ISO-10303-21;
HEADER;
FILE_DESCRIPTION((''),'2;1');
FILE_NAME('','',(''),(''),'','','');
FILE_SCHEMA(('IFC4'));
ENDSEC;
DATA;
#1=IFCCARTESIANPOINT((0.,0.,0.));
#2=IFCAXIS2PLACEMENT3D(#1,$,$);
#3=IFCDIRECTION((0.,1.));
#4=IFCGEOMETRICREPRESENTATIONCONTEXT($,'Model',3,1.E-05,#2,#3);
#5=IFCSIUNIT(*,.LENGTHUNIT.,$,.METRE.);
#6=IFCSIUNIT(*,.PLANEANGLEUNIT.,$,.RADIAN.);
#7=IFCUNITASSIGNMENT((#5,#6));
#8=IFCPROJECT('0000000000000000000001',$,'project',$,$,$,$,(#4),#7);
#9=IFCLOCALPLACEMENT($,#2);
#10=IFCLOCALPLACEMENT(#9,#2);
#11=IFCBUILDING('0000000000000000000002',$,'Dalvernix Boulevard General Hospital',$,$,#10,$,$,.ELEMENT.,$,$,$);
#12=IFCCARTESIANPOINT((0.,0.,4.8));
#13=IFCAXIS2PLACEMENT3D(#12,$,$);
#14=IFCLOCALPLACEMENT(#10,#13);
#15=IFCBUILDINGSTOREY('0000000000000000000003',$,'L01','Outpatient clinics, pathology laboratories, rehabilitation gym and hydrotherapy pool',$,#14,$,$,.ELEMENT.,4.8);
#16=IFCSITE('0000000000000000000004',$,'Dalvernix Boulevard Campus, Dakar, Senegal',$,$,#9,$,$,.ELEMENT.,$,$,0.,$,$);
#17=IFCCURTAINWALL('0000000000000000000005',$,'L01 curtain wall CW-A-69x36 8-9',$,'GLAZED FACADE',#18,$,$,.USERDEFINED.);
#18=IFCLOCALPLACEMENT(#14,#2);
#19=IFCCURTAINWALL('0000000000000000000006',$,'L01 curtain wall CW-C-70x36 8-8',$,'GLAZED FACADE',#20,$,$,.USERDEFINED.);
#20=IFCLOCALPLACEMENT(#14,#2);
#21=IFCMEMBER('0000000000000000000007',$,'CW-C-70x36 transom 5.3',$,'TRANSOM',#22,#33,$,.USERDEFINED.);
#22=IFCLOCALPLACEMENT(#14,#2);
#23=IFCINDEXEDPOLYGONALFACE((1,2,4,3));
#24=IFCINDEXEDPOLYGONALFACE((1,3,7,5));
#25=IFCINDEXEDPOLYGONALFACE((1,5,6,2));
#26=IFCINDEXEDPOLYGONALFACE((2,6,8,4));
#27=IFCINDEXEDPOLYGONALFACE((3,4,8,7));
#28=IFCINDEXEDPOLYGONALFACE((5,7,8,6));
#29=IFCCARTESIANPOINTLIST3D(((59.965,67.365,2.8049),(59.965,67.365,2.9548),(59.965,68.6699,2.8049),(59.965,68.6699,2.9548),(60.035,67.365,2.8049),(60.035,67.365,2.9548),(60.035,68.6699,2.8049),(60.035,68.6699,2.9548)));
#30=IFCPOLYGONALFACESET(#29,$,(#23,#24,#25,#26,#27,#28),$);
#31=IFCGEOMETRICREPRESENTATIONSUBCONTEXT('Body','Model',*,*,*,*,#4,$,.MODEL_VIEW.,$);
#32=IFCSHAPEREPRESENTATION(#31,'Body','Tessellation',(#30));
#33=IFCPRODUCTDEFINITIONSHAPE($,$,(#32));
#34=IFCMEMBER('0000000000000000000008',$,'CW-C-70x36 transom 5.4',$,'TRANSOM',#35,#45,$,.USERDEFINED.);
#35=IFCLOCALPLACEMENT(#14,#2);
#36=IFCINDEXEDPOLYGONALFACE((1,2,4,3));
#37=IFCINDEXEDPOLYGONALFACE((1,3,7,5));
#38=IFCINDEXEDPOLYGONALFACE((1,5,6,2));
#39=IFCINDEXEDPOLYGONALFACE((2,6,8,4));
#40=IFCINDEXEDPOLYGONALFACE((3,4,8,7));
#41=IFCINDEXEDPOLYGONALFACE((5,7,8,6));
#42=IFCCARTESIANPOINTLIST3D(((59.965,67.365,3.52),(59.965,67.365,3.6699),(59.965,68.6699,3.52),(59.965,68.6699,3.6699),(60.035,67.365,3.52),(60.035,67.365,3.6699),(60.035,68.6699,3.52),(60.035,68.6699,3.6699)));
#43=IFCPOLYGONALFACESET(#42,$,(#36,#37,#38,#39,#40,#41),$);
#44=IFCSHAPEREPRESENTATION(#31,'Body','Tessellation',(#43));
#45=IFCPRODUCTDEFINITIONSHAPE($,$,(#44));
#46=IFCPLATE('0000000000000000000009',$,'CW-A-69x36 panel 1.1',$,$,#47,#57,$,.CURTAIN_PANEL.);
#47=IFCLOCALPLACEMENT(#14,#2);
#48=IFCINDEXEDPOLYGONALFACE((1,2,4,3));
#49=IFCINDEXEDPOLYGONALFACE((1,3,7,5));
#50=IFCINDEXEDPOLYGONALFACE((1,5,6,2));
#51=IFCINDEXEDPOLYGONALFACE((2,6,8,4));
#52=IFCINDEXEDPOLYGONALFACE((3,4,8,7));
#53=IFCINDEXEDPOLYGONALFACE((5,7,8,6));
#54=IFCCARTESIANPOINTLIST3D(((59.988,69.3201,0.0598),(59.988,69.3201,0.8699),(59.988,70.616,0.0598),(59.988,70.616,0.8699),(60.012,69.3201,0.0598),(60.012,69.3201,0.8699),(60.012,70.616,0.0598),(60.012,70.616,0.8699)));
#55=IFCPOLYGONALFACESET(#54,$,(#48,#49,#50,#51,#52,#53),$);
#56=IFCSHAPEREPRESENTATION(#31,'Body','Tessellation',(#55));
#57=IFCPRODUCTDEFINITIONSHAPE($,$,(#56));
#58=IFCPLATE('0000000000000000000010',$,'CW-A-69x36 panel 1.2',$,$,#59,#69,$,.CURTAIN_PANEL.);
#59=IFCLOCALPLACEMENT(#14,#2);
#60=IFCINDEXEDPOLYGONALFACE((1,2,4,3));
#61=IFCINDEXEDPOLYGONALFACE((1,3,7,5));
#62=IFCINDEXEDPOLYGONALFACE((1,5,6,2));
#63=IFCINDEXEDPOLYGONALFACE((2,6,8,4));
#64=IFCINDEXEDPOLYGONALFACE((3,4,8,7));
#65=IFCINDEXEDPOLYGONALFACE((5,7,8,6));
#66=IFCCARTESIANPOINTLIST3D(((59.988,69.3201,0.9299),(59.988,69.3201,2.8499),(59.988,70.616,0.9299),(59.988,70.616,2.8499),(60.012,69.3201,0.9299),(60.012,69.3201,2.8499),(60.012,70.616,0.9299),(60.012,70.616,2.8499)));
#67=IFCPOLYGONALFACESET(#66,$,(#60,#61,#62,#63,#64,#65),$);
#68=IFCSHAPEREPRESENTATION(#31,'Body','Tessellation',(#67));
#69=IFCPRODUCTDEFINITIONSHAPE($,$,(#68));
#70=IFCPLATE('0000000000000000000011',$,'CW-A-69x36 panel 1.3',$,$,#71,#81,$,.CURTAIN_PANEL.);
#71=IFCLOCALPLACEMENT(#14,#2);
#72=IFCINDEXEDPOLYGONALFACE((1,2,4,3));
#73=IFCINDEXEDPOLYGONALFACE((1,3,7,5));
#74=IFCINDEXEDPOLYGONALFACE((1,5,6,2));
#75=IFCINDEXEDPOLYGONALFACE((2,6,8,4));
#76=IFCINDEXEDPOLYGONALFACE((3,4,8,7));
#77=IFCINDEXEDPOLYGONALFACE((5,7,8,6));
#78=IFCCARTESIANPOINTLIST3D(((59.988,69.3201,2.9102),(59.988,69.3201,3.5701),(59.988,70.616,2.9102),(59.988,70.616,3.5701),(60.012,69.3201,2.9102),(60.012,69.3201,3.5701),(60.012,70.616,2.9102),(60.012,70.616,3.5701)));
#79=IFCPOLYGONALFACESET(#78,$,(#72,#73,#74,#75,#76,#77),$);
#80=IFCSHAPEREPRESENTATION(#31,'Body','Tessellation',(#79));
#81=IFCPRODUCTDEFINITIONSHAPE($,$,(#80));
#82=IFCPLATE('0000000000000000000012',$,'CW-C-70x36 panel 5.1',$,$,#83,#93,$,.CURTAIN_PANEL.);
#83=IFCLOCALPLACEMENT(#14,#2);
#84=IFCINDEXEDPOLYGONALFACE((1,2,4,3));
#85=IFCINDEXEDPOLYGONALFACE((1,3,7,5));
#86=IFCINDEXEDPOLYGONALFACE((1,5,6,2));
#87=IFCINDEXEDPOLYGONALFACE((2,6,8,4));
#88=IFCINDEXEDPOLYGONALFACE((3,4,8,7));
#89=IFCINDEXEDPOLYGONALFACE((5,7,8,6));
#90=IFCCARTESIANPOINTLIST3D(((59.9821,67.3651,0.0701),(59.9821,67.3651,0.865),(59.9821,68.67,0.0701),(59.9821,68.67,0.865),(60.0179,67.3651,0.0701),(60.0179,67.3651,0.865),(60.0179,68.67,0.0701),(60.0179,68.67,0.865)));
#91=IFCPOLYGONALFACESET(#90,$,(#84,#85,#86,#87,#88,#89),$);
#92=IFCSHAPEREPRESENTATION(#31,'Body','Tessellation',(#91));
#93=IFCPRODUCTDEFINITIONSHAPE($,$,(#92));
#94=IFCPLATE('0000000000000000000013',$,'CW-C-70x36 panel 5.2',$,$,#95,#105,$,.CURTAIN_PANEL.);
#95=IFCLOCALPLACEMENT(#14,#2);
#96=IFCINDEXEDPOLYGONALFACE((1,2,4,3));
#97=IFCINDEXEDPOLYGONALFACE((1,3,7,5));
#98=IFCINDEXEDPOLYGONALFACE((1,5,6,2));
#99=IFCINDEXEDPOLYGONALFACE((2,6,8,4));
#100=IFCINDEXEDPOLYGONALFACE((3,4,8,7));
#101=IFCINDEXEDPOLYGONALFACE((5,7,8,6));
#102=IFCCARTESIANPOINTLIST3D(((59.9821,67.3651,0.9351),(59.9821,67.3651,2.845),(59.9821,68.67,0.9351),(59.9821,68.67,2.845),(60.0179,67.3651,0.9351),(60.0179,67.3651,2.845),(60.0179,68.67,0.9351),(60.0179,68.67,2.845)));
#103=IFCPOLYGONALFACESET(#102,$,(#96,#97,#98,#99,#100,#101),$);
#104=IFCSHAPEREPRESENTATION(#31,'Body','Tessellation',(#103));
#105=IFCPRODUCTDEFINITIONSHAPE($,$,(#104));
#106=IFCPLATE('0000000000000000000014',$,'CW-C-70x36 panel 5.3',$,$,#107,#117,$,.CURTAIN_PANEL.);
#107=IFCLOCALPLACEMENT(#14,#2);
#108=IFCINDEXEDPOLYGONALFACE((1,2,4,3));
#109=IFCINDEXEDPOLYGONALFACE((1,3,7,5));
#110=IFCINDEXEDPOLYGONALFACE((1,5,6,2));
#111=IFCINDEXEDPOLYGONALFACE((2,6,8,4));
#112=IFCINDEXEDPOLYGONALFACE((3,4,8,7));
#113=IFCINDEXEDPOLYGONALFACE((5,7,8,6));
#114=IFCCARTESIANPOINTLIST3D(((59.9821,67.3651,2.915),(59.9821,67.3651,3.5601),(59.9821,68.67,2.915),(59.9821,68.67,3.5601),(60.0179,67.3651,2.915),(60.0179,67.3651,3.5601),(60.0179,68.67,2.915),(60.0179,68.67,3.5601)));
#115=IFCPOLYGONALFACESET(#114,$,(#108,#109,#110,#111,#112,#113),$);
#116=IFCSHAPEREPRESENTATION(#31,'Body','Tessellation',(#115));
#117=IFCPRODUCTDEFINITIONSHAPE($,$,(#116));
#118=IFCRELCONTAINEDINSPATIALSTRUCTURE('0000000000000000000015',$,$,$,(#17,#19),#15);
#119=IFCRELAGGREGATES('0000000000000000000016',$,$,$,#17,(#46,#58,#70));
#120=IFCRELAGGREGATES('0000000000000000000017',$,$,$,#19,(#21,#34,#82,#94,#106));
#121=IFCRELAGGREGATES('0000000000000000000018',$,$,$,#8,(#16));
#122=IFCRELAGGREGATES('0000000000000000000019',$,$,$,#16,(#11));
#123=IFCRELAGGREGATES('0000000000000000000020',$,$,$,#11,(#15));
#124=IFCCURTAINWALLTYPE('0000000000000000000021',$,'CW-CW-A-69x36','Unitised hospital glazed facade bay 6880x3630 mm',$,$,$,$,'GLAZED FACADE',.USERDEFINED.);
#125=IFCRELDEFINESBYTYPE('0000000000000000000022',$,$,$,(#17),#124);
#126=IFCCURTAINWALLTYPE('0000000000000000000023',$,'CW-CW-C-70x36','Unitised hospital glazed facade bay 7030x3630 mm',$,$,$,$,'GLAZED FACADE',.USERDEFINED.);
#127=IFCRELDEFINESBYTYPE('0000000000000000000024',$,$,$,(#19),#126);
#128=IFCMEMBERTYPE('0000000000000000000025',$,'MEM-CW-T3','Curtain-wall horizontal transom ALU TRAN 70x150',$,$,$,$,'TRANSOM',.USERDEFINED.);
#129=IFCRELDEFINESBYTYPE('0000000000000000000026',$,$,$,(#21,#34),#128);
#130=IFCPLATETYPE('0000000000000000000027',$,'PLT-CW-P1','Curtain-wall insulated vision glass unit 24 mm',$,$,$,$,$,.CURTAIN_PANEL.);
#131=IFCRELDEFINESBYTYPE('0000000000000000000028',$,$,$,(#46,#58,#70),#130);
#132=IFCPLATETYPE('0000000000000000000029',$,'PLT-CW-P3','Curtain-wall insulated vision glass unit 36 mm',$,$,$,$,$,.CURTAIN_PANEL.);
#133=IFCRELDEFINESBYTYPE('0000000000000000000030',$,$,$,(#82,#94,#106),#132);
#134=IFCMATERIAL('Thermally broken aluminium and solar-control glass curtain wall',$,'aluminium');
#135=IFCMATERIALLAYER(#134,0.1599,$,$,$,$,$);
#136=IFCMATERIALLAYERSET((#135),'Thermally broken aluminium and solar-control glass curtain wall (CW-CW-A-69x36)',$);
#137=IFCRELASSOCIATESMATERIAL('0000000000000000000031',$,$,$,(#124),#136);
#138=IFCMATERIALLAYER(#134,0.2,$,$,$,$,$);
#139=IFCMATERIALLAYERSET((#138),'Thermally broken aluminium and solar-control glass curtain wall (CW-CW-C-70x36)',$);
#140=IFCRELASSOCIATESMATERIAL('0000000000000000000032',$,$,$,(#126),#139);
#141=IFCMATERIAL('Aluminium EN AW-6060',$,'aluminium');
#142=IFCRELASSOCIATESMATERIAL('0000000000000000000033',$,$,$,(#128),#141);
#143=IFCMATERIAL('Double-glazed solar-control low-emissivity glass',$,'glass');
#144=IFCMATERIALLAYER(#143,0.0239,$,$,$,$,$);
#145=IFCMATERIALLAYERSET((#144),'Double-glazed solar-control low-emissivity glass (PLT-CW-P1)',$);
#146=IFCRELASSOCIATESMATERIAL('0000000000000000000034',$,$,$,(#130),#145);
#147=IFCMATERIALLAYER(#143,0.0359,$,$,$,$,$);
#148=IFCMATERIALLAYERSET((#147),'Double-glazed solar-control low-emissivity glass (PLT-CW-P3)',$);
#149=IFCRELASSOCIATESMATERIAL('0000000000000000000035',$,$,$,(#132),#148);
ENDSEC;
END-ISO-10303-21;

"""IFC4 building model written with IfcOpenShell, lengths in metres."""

from ifc_helpers import new_model, si_unit, direction, frame, origin, origin_2d, place, context, subcontext, project, spatial, rectangle, extrude, material, layer, layer_set, material_profile, profile_set, type_object, element, aggregate, save


model = new_model("IFC4")

# Units and contexts
model_context = context("Model", 3, precision=1e-05, world=origin(), true_north=direction((0.0, 1.0)))
body_context = subcontext(model_context, "Body", "Model", "MODEL_VIEW")
ifc_project = project(units=[si_unit("LENGTHUNIT", "METRE"), si_unit("PLANEANGLEUNIT", "RADIAN")], contexts=[model_context])

# Site, building, storey
site_placement = place(None, origin())
site = spatial("IfcSite", under=ifc_project, at=site_placement, Name="Dalvernix Boulevard Campus, Dakar, Senegal", CompositionType="ELEMENT", RefElevation=0.0)
building_placement = place(site_placement, origin())
building = spatial("IfcBuilding", under=site, at=building_placement, Name="Dalvernix Boulevard General Hospital", CompositionType="ELEMENT")
storey_placement = place(building_placement, frame((0.0, 0.0, 4.8)))
storey = spatial("IfcBuildingStorey", under=building, at=storey_placement, Name="L01", Description="Outpatient clinics, pathology laboratories, rehabilitation gym and hydrotherapy pool", CompositionType="ELEMENT", Elevation=4.8)

# Curtain wall
ifc_material_1 = material(Name="Thermally broken aluminium and solar-control glass curtain wall", Category="aluminium")
ifc_layer_1 = layer(ifc_material_1, 0.1599)
ifc_layer_set_1 = layer_set([ifc_layer_1], Name="Thermally broken aluminium and solar-control glass curtain wall (CW-CW-A-69x36)")
curtain_wall_type_1 = type_object("IfcCurtainWallType", Name="CW-CW-A-69x36", Description="Unitised hospital glazed facade bay 6880x3630 mm", ElementType="GLAZED FACADE", PredefinedType="USERDEFINED", material=ifc_layer_set_1)
curtain_wall_1_placement = place(storey_placement, origin())
curtain_wall_1 = element("IfcCurtainWall", 1, at=curtain_wall_1_placement, inside=storey, type_object=curtain_wall_type_1, Name="L01 curtain wall CW-A-69x36 8-9", ObjectType="GLAZED FACADE", PredefinedType="USERDEFINED")
ifc_material_2 = material(Name="Aluminium EN AW-6060", Category="aluminium")

# Curtain wall
ifc_layer_2 = layer(ifc_material_1, 0.2)
ifc_layer_set_2 = layer_set([ifc_layer_2], Name="Thermally broken aluminium and solar-control glass curtain wall (CW-CW-C-70x36)")
curtain_wall_type_2 = type_object("IfcCurtainWallType", Name="CW-CW-C-70x36", Description="Unitised hospital glazed facade bay 7030x3630 mm", ElementType="GLAZED FACADE", PredefinedType="USERDEFINED", material=ifc_layer_set_2)
curtain_wall_2_placement = place(storey_placement, origin())
curtain_wall_2 = element("IfcCurtainWall", 2, at=curtain_wall_2_placement, inside=storey, type_object=curtain_wall_type_2, Name="L01 curtain wall CW-C-70x36 8-8", ObjectType="GLAZED FACADE", PredefinedType="USERDEFINED")

# Members
ifc_material_profile_1 = material_profile(ifc_material_2, rectangle(XDim=0.0701, YDim=0.1499, at=origin_2d()), Name="ALU TRAN 70x150")
ifc_profile_set_1 = profile_set([ifc_material_profile_1], Name="Aluminium EN AW-6060")
member_type_1 = type_object("IfcMemberType", Name="MEM-CW-T3", Description="Curtain-wall horizontal transom ALU TRAN 70x150", ElementType="TRANSOM", PredefinedType="USERDEFINED", material=ifc_profile_set_1)
member_1_placement = place(storey_placement, frame((60.0, 67.365, 2.8799), z_axis=(0.0, 1.0, 0.0), x_axis=(-1.0, 0.0, 0.0)))
member_1 = element("IfcMember", 3, at=member_1_placement, type_object=member_type_1, Name="CW-C-70x36 transom 5.3", ObjectType="TRANSOM", PredefinedType="USERDEFINED", context=body_context, shape_type="SweptSolid", body=[
    extrude(rectangle(XDim=0.0701, YDim=0.1499, at=origin_2d()), origin(), (0.0, 0.0, 1.0), 1.3049),
])
member_2_placement = place(storey_placement, frame((60.0, 67.365, 3.595), z_axis=(0.0, 1.0, 0.0), x_axis=(-1.0, 0.0, 0.0)))
member_2 = element("IfcMember", 4, at=member_2_placement, type_object=member_type_1, Name="CW-C-70x36 transom 5.4", ObjectType="TRANSOM", PredefinedType="USERDEFINED", context=body_context, shape_type="SweptSolid", body=[
    extrude(rectangle(XDim=0.0701, YDim=0.1499, at=origin_2d()), origin(), (0.0, 0.0, 1.0), 1.3049),
])

# Plates
ifc_material_3 = material(Name="Double-glazed solar-control low-emissivity glass", Category="glass")
ifc_layer_3 = layer(ifc_material_3, 0.0239)
ifc_layer_set_3 = layer_set([ifc_layer_3], Name="Double-glazed solar-control low-emissivity glass (PLT-CW-P1)")
plate_type_1 = type_object("IfcPlateType", Name="PLT-CW-P1", Description="Curtain-wall insulated vision glass unit 24 mm", PredefinedType="CURTAIN_PANEL", material=ifc_layer_set_3)
plate_1_placement = place(storey_placement, frame((60.0, 69.968, 0.0598), z_axis=(0.0, 0.0, 1.0), x_axis=(0.0, 1.0, 0.0)))
plate_1 = element("IfcPlate", 5, at=plate_1_placement, type_object=plate_type_1, Name="CW-A-69x36 panel 1.1", PredefinedType="CURTAIN_PANEL", context=body_context, shape_type="SweptSolid", body=[
    extrude(rectangle(XDim=1.2959, YDim=0.0239, at=origin_2d()), origin(), (0.0, 0.0, 1.0), 0.8101),
])
plate_2_placement = place(storey_placement, frame((60.0, 69.968, 0.9299), z_axis=(0.0, 0.0, 1.0), x_axis=(0.0, 1.0, 0.0)))
plate_2 = element("IfcPlate", 6, at=plate_2_placement, type_object=plate_type_1, Name="CW-A-69x36 panel 1.2", PredefinedType="CURTAIN_PANEL", context=body_context, shape_type="SweptSolid", body=[
    extrude(rectangle(XDim=1.2959, YDim=0.0239, at=origin_2d()), origin(), (0.0, 0.0, 1.0), 1.9199),
])
plate_3_placement = place(storey_placement, frame((60.0, 69.968, 2.9102), z_axis=(0.0, 0.0, 1.0), x_axis=(0.0, 1.0, 0.0)))
plate_3 = element("IfcPlate", 7, at=plate_3_placement, type_object=plate_type_1, Name="CW-A-69x36 panel 1.3", PredefinedType="CURTAIN_PANEL", context=body_context, shape_type="SweptSolid", body=[
    extrude(rectangle(XDim=1.2959, YDim=0.0239, at=origin_2d()), origin(), (0.0, 0.0, 1.0), 0.6599),
])
aggregate(curtain_wall_1, [plate_1, plate_2, plate_3])
ifc_layer_4 = layer(ifc_material_3, 0.0359)
ifc_layer_set_4 = layer_set([ifc_layer_4], Name="Double-glazed solar-control low-emissivity glass (PLT-CW-P3)")
plate_type_2 = type_object("IfcPlateType", Name="PLT-CW-P3", Description="Curtain-wall insulated vision glass unit 36 mm", PredefinedType="CURTAIN_PANEL", material=ifc_layer_set_4)
plate_4_placement = place(storey_placement, frame((60.0, 68.0176, 0.0701), z_axis=(0.0, 0.0, 1.0), x_axis=(0.0, 1.0, 0.0)))
plate_4 = element("IfcPlate", 8, at=plate_4_placement, type_object=plate_type_2, Name="CW-C-70x36 panel 5.1", PredefinedType="CURTAIN_PANEL", context=body_context, shape_type="SweptSolid", body=[
    extrude(rectangle(XDim=1.3049, YDim=0.0359, at=origin_2d()), origin(), (0.0, 0.0, 1.0), 0.7949),
])
plate_5_placement = place(storey_placement, frame((60.0, 68.0176, 0.9351), z_axis=(0.0, 0.0, 1.0), x_axis=(0.0, 1.0, 0.0)))
plate_5 = element("IfcPlate", 9, at=plate_5_placement, type_object=plate_type_2, Name="CW-C-70x36 panel 5.2", PredefinedType="CURTAIN_PANEL", context=body_context, shape_type="SweptSolid", body=[
    extrude(rectangle(XDim=1.3049, YDim=0.0359, at=origin_2d()), origin(), (0.0, 0.0, 1.0), 1.9099),
])
plate_6_placement = place(storey_placement, frame((60.0, 68.0176, 2.915), z_axis=(0.0, 0.0, 1.0), x_axis=(0.0, 1.0, 0.0)))
plate_6 = element("IfcPlate", 10, at=plate_6_placement, type_object=plate_type_2, Name="CW-C-70x36 panel 5.3", PredefinedType="CURTAIN_PANEL", context=body_context, shape_type="SweptSolid", body=[
    extrude(rectangle(XDim=1.3049, YDim=0.0359, at=origin_2d()), origin(), (0.0, 0.0, 1.0), 0.645),
])
aggregate(curtain_wall_2, [member_1, member_2, plate_4, plate_5, plate_6])

save(model, "model.ifc")
